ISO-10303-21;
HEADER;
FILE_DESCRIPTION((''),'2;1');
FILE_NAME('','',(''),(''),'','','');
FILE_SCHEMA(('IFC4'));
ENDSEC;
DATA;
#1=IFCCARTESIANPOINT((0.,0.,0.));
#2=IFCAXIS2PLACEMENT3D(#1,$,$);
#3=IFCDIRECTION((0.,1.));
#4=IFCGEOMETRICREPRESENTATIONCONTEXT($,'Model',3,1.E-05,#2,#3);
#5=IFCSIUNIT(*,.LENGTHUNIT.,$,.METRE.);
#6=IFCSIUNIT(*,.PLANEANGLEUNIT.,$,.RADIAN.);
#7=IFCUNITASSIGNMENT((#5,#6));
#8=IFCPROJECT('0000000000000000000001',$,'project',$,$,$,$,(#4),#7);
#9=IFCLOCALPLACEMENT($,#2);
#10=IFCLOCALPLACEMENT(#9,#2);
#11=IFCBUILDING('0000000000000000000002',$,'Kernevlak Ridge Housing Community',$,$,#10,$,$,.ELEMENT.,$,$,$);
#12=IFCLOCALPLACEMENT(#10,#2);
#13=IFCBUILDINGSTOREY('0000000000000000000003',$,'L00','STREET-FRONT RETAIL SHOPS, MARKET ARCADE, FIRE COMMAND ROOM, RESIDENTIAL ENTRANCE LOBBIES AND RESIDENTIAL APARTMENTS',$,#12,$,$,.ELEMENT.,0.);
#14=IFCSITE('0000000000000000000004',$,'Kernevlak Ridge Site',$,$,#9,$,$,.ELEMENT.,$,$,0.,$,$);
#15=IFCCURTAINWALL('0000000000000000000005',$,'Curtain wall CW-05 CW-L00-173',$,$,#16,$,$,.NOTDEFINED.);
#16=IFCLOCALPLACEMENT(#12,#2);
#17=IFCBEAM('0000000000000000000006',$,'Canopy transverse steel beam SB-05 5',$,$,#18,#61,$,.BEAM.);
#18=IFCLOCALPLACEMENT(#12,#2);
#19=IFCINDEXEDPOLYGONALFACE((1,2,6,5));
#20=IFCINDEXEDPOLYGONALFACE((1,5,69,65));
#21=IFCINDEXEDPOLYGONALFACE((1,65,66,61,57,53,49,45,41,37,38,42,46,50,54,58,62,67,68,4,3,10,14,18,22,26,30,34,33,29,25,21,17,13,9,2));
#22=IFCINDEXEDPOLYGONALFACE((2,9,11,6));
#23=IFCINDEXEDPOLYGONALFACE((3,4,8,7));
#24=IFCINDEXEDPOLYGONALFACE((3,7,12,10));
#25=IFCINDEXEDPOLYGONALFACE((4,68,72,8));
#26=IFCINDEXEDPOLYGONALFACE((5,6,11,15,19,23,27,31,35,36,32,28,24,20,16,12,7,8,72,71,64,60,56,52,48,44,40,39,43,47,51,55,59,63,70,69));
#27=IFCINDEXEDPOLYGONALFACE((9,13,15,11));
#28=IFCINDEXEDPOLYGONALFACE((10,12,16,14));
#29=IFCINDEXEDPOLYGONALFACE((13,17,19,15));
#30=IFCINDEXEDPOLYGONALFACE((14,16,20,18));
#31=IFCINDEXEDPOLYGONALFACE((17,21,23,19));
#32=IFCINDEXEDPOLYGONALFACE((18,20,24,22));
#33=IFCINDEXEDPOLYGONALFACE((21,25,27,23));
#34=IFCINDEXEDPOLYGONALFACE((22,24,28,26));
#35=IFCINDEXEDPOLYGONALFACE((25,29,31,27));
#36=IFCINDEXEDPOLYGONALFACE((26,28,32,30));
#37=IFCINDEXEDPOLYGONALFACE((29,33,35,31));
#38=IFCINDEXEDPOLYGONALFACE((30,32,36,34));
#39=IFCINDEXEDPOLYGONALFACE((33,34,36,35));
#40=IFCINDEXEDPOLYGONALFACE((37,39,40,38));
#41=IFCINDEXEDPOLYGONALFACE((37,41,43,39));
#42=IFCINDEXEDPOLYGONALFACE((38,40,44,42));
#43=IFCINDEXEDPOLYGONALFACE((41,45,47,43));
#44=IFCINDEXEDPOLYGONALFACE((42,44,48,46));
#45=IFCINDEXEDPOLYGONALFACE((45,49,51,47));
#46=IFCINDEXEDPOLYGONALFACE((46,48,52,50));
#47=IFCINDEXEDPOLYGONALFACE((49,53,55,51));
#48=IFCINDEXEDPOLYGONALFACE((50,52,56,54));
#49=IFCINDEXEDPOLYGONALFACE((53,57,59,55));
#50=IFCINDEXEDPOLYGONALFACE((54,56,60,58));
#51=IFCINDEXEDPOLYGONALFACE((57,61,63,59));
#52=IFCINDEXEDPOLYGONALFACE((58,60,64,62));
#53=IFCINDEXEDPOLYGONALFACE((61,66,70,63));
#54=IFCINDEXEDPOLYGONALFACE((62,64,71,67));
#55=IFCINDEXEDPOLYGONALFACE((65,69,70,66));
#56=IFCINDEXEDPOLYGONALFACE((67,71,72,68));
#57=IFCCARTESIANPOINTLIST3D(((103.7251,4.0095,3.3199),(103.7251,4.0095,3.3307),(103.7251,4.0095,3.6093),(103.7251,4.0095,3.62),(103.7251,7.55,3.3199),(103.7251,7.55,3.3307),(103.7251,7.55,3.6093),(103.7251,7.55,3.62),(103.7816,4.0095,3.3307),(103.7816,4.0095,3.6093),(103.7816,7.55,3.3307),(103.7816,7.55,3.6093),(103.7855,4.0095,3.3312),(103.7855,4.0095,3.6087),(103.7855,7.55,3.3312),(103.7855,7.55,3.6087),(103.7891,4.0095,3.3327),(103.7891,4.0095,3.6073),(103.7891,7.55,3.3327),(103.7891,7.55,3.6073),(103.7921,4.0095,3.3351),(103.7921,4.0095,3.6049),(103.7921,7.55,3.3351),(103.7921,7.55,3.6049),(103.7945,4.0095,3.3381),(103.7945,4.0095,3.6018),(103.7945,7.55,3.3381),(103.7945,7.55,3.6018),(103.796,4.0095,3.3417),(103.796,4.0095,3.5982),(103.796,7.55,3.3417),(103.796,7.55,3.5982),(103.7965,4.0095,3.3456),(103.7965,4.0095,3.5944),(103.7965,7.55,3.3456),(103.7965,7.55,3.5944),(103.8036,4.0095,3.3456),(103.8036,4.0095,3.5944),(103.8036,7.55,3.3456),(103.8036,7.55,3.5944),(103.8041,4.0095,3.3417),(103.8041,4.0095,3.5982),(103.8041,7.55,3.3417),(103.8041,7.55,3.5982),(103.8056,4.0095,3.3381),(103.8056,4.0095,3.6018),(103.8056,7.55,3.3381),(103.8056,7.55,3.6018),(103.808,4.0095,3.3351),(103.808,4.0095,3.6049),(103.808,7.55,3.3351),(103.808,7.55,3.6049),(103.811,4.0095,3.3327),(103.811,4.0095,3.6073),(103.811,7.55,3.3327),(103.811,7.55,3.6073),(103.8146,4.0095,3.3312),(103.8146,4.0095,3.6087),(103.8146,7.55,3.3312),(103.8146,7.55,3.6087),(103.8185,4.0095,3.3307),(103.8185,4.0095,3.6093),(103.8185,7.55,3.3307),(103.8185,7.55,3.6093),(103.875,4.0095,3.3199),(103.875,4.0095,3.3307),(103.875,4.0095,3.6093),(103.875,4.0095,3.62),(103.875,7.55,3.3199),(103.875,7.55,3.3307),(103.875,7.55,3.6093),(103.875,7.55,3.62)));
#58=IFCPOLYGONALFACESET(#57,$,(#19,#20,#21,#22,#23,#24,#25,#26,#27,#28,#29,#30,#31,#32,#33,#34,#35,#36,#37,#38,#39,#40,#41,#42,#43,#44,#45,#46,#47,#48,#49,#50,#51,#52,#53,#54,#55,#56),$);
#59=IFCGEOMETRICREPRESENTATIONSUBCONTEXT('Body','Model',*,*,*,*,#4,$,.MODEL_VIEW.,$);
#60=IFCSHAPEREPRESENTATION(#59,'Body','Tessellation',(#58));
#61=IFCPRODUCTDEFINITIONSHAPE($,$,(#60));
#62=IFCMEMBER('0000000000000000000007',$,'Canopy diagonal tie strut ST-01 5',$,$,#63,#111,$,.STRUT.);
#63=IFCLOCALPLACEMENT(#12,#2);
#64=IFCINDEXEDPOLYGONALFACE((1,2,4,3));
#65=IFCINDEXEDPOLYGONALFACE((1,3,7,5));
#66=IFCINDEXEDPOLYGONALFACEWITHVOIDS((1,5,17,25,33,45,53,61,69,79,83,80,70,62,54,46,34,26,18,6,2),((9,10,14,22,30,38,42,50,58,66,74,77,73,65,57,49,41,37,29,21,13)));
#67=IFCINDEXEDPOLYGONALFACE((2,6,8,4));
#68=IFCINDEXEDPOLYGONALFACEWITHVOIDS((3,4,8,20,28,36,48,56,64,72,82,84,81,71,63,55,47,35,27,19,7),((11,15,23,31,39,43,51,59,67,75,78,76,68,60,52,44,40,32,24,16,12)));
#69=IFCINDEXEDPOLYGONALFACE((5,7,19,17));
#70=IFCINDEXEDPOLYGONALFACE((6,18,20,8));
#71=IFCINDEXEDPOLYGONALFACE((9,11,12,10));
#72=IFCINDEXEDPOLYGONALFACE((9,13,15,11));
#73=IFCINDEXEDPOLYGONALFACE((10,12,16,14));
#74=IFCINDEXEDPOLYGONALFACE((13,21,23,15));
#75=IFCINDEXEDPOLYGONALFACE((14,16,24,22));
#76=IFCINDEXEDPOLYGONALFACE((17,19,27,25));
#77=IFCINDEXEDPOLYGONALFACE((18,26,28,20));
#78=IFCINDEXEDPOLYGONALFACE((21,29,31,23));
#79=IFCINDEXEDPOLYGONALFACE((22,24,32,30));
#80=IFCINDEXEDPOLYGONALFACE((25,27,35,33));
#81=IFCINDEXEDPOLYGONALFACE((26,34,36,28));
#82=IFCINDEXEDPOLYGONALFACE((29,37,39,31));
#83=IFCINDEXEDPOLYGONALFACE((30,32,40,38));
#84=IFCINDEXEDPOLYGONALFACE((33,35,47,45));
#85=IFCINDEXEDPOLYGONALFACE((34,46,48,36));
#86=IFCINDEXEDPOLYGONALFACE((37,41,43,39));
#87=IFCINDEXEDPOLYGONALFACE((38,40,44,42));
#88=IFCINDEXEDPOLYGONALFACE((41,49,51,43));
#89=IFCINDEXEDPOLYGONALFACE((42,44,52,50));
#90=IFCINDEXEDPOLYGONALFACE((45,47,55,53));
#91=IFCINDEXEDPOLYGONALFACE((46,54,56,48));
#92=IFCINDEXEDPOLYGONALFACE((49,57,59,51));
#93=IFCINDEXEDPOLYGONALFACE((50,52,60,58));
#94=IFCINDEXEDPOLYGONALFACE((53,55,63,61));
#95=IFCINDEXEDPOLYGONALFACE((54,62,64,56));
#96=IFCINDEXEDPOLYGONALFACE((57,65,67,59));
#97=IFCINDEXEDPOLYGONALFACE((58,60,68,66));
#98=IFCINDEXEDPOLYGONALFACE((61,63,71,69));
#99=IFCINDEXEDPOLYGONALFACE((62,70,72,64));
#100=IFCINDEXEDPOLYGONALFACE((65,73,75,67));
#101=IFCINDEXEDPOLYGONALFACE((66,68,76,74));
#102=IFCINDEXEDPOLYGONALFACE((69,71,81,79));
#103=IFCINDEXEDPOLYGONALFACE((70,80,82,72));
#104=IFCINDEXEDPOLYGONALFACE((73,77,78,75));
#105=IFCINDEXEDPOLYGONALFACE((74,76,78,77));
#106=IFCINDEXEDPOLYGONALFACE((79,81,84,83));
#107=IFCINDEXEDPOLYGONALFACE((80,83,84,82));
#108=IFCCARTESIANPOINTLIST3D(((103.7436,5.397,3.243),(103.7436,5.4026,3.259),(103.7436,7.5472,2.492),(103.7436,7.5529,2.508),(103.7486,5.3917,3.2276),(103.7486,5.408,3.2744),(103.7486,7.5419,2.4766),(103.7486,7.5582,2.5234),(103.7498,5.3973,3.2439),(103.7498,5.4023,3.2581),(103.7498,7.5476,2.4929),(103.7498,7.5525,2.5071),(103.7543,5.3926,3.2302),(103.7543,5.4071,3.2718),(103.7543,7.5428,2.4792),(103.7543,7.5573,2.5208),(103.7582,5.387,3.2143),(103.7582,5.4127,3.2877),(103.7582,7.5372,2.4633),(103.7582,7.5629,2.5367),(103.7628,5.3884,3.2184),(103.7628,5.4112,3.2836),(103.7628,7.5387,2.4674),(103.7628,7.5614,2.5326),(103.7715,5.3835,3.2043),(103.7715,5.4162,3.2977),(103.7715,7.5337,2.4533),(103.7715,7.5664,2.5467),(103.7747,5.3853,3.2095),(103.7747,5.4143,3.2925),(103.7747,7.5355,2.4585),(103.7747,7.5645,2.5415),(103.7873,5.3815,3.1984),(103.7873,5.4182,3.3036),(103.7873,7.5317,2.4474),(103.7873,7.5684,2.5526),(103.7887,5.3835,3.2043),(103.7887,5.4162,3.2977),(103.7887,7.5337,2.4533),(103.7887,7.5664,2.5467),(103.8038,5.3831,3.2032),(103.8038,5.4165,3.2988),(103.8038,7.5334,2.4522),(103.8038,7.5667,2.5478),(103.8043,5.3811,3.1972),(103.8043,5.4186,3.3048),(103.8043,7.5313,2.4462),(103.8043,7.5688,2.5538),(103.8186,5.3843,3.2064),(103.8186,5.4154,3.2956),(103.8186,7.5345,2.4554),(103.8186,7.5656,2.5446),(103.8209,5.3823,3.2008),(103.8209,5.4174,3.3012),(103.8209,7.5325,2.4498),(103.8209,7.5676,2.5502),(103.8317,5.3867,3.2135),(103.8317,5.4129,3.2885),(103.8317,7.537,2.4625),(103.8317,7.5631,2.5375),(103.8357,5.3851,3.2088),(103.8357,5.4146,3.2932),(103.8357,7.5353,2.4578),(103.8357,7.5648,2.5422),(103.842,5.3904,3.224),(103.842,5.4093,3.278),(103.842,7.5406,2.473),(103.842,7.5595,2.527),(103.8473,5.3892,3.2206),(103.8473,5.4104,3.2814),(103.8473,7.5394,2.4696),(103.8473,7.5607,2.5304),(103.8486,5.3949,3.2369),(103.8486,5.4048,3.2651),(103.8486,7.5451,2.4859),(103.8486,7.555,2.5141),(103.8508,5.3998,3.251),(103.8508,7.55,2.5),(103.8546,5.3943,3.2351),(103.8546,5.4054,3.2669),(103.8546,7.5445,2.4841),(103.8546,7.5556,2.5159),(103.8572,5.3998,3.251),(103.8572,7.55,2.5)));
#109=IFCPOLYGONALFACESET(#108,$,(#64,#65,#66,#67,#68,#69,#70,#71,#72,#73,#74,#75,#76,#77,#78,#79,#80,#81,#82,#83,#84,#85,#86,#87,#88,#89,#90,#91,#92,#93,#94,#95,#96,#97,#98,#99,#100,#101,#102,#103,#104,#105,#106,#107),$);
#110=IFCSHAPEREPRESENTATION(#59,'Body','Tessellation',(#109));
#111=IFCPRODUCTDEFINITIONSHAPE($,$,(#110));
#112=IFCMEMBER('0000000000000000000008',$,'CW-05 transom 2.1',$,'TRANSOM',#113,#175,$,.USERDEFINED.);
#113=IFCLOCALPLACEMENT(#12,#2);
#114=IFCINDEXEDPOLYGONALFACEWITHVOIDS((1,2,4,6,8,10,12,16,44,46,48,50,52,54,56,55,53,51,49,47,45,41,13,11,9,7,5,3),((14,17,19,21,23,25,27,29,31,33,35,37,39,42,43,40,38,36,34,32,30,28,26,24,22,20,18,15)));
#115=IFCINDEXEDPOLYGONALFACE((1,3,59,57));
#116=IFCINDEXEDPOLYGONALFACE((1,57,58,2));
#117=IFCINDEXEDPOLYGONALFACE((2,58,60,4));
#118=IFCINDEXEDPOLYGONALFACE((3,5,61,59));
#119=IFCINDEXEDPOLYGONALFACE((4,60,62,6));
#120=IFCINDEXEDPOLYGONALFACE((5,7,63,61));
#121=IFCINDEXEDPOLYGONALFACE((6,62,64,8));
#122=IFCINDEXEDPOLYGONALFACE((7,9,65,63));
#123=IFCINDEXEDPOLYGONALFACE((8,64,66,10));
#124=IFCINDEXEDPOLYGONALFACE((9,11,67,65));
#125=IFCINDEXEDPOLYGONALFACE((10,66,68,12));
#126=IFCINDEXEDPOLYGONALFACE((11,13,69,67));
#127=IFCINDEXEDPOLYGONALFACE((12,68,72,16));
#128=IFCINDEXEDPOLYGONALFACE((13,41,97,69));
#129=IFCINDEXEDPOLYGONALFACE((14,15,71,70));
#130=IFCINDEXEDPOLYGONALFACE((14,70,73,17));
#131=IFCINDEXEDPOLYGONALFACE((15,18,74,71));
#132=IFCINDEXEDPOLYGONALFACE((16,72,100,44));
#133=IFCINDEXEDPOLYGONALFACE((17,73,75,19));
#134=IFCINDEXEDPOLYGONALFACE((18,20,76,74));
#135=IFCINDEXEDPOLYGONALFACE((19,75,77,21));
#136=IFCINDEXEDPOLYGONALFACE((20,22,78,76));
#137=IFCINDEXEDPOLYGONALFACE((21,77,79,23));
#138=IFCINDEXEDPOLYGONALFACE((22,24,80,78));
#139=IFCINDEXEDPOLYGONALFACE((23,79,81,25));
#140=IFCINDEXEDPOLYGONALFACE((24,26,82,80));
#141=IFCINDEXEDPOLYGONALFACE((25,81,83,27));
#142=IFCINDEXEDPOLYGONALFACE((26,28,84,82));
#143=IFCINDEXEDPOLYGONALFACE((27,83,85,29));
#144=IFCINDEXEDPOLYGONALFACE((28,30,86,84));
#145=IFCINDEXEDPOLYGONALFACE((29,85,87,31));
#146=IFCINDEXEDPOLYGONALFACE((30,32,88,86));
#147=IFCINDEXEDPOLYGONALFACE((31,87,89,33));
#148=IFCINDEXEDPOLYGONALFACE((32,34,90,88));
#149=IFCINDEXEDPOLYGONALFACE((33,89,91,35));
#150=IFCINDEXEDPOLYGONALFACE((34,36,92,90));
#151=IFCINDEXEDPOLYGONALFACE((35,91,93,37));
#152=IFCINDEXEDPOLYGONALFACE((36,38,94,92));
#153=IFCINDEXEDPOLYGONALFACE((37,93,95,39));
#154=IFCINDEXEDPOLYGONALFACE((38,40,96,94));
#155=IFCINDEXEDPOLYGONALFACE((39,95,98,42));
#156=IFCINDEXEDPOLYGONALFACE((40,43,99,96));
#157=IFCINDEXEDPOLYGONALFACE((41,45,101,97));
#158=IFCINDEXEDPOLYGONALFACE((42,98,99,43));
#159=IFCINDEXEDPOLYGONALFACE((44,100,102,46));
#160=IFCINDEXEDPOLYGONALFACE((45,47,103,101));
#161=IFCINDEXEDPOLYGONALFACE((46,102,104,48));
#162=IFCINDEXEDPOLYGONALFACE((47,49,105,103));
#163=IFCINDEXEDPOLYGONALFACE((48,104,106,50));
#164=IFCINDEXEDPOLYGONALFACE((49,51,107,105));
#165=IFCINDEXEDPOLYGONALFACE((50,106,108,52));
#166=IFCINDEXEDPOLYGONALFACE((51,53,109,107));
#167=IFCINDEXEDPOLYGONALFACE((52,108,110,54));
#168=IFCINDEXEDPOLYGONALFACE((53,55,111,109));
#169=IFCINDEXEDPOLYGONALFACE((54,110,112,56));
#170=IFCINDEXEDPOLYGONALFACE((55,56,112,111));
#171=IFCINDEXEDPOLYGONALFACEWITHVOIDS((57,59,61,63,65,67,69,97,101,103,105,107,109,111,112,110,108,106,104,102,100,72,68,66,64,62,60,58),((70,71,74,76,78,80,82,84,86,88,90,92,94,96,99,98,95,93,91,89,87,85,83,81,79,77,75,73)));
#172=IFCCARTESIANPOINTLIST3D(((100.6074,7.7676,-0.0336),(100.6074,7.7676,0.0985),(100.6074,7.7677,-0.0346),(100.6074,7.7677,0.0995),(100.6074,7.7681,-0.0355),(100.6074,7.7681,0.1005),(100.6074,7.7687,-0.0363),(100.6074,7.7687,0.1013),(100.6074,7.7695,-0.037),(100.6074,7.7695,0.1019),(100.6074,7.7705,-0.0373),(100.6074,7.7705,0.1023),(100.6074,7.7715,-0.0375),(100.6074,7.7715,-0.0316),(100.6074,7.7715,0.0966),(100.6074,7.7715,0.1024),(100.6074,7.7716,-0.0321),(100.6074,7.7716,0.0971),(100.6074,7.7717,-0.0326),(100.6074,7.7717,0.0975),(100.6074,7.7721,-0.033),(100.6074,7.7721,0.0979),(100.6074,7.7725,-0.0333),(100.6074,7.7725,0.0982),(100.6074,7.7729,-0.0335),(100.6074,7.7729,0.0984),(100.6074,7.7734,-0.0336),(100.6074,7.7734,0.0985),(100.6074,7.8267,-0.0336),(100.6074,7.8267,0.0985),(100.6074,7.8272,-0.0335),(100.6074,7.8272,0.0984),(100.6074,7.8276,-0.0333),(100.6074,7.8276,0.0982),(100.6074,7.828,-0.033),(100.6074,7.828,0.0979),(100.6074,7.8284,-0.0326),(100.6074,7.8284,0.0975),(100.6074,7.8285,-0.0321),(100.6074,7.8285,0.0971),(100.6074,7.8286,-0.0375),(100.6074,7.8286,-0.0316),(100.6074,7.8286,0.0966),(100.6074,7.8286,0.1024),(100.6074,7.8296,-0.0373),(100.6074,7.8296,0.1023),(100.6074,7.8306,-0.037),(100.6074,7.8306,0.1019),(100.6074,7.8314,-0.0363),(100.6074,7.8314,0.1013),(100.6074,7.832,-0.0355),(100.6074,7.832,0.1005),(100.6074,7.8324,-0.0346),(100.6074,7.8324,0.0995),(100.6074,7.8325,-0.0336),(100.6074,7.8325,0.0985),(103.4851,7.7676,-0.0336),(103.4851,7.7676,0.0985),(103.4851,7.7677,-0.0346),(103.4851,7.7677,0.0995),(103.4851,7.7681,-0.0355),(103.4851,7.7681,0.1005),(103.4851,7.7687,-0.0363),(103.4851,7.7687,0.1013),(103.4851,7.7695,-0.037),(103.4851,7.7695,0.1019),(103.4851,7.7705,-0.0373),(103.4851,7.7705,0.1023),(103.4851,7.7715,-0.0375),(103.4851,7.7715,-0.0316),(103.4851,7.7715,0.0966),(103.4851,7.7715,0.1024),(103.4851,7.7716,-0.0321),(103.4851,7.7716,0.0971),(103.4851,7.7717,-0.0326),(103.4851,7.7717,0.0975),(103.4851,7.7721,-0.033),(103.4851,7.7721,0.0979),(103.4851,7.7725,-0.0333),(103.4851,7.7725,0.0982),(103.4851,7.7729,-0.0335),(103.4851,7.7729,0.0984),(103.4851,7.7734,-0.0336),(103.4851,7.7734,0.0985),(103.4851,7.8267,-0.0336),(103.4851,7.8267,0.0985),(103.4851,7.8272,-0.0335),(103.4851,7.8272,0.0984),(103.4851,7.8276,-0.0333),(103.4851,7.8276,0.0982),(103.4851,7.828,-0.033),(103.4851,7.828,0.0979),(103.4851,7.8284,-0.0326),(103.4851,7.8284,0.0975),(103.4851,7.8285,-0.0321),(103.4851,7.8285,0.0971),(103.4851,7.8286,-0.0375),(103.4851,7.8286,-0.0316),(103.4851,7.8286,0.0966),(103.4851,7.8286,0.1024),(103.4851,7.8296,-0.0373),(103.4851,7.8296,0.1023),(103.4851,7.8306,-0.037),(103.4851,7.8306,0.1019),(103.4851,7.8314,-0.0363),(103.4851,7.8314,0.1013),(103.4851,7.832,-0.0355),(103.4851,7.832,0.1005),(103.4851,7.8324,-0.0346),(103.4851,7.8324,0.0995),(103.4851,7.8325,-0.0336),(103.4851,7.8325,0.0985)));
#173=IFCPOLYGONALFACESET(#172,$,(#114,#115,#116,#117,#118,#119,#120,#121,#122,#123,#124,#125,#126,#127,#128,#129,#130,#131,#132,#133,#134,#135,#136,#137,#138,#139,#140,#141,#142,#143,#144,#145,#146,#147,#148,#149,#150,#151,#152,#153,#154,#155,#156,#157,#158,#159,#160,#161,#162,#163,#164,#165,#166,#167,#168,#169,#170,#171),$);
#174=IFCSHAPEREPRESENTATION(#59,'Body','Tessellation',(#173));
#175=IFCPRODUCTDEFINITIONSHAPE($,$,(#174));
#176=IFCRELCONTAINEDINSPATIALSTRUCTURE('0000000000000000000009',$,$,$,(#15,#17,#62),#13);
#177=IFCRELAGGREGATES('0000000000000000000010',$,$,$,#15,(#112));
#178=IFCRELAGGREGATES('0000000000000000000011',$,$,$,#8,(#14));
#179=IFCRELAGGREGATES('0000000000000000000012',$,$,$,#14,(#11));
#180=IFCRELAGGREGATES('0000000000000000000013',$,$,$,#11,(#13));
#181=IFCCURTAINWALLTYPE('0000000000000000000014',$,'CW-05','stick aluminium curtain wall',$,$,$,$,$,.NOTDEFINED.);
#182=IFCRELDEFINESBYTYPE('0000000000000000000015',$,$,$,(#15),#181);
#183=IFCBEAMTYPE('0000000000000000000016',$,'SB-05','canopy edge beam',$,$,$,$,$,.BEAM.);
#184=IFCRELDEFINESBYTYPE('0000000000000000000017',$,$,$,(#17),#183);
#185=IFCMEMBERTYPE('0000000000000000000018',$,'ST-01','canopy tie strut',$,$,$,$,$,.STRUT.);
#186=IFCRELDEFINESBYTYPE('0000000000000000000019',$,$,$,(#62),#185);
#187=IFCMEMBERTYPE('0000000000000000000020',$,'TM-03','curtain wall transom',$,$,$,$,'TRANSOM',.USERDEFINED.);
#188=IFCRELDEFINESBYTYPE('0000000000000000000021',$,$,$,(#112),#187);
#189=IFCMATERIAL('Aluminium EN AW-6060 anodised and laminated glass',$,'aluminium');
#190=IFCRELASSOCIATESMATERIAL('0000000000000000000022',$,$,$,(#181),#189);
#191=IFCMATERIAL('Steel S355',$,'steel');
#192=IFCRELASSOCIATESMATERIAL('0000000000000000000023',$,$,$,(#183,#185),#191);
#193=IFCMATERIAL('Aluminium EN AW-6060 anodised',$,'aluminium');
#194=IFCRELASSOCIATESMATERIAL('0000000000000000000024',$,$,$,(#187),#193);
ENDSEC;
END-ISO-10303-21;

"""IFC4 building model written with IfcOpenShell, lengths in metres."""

from ifc_helpers import new_model, si_unit, direction, frame, origin, origin_2d, place, context, subcontext, project, spatial, hollow_rectangle, hollow_circle, i_section, extrude, material, material_profile, profile_set, type_object, element, aggregate, save


model = new_model("IFC4")

# Units and contexts
model_context = context("Model", 3, precision=1e-05, world=origin(), true_north=direction((0.0, 1.0)))
body_context = subcontext(model_context, "Body", "Model", "MODEL_VIEW")
ifc_project = project(units=[si_unit("LENGTHUNIT", "METRE"), si_unit("PLANEANGLEUNIT", "RADIAN")], contexts=[model_context])

# Site, building, storey
site_placement = place(None, origin())
site = spatial("IfcSite", under=ifc_project, at=site_placement, Name="Kernevlak Ridge Site", CompositionType="ELEMENT", RefElevation=0.0)
building_placement = place(site_placement, origin())
building = spatial("IfcBuilding", under=site, at=building_placement, Name="Kernevlak Ridge Housing Community", CompositionType="ELEMENT")
storey_placement = place(building_placement, origin())
storey = spatial("IfcBuildingStorey", under=building, at=storey_placement, Name="L00", Description="STREET-FRONT RETAIL SHOPS, MARKET ARCADE, FIRE COMMAND ROOM, RESIDENTIAL ENTRANCE LOBBIES AND RESIDENTIAL APARTMENTS", CompositionType="ELEMENT", Elevation=0.0)

# Shared definitions
ifc_material_1 = material(Name="Steel S355", Category="steel")

# Curtain wall
ifc_material_2 = material(Name="Aluminium EN AW-6060 anodised and laminated glass", Category="aluminium")
curtain_wall_type = type_object("IfcCurtainWallType", Name="CW-05", Description="stick aluminium curtain wall", PredefinedType="NOTDEFINED", material=ifc_material_2)
curtain_wall_placement = place(storey_placement, origin())
curtain_wall = element("IfcCurtainWall", 1, at=curtain_wall_placement, inside=storey, type_object=curtain_wall_type, Name="Curtain wall CW-05 CW-L00-173", PredefinedType="NOTDEFINED")
ifc_material_3 = material(Name="Aluminium EN AW-6060 anodised", Category="aluminium")

# Beam
ifc_material_profile_1 = material_profile(ifc_material_1, i_section(OverallWidth=0.1499, OverallDepth=0.3, WebThickness=0.0071, FlangeThickness=0.0107, FilletRadius=0.0149, at=origin_2d()), Name="IPE 300")
ifc_profile_set_1 = profile_set([ifc_material_profile_1], Name="Steel S355")
beam_type_1 = type_object("IfcBeamType", Name="SB-05", Description="canopy edge beam", PredefinedType="BEAM", material=ifc_profile_set_1)
beam_1_placement = place(storey_placement, frame((103.8, 4.0095, 3.47), z_axis=(0.0, 1.0, 0.0), x_axis=(-1.0, 0.0, 0.0)))
element("IfcBeam", 2, at=beam_1_placement, inside=storey, type_object=beam_type_1, Name="Canopy transverse steel beam SB-05 5", PredefinedType="BEAM", context=body_context, shape_type="SweptSolid", body=[
    extrude(i_section(OverallWidth=0.1499, OverallDepth=0.3, WebThickness=0.0071, FlangeThickness=0.0107, FilletRadius=0.0149, at=origin_2d()), origin(), (0.0, 0.0, 1.0), 3.5405),
])

# Members
ifc_material_profile_2 = material_profile(ifc_material_1, hollow_circle(Radius=0.0571, WallThickness=0.0063, at=origin_2d()), Name="CHS 114.3x6.3")
ifc_profile_set_2 = profile_set([ifc_material_profile_2], Name="Steel S355")
member_type_1 = type_object("IfcMemberType", Name="ST-01", Description="canopy tie strut", PredefinedType="STRUT", material=ifc_profile_set_2)
member_1_placement = place(storey_placement, frame((103.8, 7.55, 2.5), z_axis=(0.0, -0.944074, 0.329734), x_axis=(1.0, 0.0, 0.0)))
element("IfcMember", 3, at=member_1_placement, inside=storey, type_object=member_type_1, Name="Canopy diagonal tie strut ST-01 5", PredefinedType="STRUT", context=body_context, shape_type="SweptSolid", body=[
    extrude(hollow_circle(Radius=0.0571, WallThickness=0.0063, at=origin_2d()), origin(), (0.0, 0.0, 1.0), 2.2776),
])
ifc_material_profile_3 = material_profile(ifc_material_3, hollow_rectangle(XDim=0.0649, YDim=0.1399, WallThickness=0.0039, InnerFilletRadius=0.002, OuterFilletRadius=0.0039, at=origin_2d()), Name="ALU 65x140x4")
ifc_profile_set_3 = profile_set([ifc_material_profile_3], Name="Aluminium EN AW-6060 anodised")
member_type_2 = type_object("IfcMemberType", Name="TM-03", Description="curtain wall transom", ElementType="TRANSOM", PredefinedType="USERDEFINED", material=ifc_profile_set_3)
member_2_placement = place(storey_placement, frame((100.6074, 7.8, 0.0325), z_axis=(1.0, 0.0, 0.0), x_axis=(0.0, 1.0, 0.0)))
member_2 = element("IfcMember", 4, at=member_2_placement, type_object=member_type_2, Name="CW-05 transom 2.1", ObjectType="TRANSOM", PredefinedType="USERDEFINED", context=body_context, shape_type="SweptSolid", body=[
    extrude(hollow_rectangle(XDim=0.0649, YDim=0.1399, WallThickness=0.0039, InnerFilletRadius=0.002, OuterFilletRadius=0.0039, at=origin_2d()), origin(), (0.0, 0.0, 1.0), 2.8777),
])

aggregate(curtain_wall, [member_2])

save(model, "model.ifc")
